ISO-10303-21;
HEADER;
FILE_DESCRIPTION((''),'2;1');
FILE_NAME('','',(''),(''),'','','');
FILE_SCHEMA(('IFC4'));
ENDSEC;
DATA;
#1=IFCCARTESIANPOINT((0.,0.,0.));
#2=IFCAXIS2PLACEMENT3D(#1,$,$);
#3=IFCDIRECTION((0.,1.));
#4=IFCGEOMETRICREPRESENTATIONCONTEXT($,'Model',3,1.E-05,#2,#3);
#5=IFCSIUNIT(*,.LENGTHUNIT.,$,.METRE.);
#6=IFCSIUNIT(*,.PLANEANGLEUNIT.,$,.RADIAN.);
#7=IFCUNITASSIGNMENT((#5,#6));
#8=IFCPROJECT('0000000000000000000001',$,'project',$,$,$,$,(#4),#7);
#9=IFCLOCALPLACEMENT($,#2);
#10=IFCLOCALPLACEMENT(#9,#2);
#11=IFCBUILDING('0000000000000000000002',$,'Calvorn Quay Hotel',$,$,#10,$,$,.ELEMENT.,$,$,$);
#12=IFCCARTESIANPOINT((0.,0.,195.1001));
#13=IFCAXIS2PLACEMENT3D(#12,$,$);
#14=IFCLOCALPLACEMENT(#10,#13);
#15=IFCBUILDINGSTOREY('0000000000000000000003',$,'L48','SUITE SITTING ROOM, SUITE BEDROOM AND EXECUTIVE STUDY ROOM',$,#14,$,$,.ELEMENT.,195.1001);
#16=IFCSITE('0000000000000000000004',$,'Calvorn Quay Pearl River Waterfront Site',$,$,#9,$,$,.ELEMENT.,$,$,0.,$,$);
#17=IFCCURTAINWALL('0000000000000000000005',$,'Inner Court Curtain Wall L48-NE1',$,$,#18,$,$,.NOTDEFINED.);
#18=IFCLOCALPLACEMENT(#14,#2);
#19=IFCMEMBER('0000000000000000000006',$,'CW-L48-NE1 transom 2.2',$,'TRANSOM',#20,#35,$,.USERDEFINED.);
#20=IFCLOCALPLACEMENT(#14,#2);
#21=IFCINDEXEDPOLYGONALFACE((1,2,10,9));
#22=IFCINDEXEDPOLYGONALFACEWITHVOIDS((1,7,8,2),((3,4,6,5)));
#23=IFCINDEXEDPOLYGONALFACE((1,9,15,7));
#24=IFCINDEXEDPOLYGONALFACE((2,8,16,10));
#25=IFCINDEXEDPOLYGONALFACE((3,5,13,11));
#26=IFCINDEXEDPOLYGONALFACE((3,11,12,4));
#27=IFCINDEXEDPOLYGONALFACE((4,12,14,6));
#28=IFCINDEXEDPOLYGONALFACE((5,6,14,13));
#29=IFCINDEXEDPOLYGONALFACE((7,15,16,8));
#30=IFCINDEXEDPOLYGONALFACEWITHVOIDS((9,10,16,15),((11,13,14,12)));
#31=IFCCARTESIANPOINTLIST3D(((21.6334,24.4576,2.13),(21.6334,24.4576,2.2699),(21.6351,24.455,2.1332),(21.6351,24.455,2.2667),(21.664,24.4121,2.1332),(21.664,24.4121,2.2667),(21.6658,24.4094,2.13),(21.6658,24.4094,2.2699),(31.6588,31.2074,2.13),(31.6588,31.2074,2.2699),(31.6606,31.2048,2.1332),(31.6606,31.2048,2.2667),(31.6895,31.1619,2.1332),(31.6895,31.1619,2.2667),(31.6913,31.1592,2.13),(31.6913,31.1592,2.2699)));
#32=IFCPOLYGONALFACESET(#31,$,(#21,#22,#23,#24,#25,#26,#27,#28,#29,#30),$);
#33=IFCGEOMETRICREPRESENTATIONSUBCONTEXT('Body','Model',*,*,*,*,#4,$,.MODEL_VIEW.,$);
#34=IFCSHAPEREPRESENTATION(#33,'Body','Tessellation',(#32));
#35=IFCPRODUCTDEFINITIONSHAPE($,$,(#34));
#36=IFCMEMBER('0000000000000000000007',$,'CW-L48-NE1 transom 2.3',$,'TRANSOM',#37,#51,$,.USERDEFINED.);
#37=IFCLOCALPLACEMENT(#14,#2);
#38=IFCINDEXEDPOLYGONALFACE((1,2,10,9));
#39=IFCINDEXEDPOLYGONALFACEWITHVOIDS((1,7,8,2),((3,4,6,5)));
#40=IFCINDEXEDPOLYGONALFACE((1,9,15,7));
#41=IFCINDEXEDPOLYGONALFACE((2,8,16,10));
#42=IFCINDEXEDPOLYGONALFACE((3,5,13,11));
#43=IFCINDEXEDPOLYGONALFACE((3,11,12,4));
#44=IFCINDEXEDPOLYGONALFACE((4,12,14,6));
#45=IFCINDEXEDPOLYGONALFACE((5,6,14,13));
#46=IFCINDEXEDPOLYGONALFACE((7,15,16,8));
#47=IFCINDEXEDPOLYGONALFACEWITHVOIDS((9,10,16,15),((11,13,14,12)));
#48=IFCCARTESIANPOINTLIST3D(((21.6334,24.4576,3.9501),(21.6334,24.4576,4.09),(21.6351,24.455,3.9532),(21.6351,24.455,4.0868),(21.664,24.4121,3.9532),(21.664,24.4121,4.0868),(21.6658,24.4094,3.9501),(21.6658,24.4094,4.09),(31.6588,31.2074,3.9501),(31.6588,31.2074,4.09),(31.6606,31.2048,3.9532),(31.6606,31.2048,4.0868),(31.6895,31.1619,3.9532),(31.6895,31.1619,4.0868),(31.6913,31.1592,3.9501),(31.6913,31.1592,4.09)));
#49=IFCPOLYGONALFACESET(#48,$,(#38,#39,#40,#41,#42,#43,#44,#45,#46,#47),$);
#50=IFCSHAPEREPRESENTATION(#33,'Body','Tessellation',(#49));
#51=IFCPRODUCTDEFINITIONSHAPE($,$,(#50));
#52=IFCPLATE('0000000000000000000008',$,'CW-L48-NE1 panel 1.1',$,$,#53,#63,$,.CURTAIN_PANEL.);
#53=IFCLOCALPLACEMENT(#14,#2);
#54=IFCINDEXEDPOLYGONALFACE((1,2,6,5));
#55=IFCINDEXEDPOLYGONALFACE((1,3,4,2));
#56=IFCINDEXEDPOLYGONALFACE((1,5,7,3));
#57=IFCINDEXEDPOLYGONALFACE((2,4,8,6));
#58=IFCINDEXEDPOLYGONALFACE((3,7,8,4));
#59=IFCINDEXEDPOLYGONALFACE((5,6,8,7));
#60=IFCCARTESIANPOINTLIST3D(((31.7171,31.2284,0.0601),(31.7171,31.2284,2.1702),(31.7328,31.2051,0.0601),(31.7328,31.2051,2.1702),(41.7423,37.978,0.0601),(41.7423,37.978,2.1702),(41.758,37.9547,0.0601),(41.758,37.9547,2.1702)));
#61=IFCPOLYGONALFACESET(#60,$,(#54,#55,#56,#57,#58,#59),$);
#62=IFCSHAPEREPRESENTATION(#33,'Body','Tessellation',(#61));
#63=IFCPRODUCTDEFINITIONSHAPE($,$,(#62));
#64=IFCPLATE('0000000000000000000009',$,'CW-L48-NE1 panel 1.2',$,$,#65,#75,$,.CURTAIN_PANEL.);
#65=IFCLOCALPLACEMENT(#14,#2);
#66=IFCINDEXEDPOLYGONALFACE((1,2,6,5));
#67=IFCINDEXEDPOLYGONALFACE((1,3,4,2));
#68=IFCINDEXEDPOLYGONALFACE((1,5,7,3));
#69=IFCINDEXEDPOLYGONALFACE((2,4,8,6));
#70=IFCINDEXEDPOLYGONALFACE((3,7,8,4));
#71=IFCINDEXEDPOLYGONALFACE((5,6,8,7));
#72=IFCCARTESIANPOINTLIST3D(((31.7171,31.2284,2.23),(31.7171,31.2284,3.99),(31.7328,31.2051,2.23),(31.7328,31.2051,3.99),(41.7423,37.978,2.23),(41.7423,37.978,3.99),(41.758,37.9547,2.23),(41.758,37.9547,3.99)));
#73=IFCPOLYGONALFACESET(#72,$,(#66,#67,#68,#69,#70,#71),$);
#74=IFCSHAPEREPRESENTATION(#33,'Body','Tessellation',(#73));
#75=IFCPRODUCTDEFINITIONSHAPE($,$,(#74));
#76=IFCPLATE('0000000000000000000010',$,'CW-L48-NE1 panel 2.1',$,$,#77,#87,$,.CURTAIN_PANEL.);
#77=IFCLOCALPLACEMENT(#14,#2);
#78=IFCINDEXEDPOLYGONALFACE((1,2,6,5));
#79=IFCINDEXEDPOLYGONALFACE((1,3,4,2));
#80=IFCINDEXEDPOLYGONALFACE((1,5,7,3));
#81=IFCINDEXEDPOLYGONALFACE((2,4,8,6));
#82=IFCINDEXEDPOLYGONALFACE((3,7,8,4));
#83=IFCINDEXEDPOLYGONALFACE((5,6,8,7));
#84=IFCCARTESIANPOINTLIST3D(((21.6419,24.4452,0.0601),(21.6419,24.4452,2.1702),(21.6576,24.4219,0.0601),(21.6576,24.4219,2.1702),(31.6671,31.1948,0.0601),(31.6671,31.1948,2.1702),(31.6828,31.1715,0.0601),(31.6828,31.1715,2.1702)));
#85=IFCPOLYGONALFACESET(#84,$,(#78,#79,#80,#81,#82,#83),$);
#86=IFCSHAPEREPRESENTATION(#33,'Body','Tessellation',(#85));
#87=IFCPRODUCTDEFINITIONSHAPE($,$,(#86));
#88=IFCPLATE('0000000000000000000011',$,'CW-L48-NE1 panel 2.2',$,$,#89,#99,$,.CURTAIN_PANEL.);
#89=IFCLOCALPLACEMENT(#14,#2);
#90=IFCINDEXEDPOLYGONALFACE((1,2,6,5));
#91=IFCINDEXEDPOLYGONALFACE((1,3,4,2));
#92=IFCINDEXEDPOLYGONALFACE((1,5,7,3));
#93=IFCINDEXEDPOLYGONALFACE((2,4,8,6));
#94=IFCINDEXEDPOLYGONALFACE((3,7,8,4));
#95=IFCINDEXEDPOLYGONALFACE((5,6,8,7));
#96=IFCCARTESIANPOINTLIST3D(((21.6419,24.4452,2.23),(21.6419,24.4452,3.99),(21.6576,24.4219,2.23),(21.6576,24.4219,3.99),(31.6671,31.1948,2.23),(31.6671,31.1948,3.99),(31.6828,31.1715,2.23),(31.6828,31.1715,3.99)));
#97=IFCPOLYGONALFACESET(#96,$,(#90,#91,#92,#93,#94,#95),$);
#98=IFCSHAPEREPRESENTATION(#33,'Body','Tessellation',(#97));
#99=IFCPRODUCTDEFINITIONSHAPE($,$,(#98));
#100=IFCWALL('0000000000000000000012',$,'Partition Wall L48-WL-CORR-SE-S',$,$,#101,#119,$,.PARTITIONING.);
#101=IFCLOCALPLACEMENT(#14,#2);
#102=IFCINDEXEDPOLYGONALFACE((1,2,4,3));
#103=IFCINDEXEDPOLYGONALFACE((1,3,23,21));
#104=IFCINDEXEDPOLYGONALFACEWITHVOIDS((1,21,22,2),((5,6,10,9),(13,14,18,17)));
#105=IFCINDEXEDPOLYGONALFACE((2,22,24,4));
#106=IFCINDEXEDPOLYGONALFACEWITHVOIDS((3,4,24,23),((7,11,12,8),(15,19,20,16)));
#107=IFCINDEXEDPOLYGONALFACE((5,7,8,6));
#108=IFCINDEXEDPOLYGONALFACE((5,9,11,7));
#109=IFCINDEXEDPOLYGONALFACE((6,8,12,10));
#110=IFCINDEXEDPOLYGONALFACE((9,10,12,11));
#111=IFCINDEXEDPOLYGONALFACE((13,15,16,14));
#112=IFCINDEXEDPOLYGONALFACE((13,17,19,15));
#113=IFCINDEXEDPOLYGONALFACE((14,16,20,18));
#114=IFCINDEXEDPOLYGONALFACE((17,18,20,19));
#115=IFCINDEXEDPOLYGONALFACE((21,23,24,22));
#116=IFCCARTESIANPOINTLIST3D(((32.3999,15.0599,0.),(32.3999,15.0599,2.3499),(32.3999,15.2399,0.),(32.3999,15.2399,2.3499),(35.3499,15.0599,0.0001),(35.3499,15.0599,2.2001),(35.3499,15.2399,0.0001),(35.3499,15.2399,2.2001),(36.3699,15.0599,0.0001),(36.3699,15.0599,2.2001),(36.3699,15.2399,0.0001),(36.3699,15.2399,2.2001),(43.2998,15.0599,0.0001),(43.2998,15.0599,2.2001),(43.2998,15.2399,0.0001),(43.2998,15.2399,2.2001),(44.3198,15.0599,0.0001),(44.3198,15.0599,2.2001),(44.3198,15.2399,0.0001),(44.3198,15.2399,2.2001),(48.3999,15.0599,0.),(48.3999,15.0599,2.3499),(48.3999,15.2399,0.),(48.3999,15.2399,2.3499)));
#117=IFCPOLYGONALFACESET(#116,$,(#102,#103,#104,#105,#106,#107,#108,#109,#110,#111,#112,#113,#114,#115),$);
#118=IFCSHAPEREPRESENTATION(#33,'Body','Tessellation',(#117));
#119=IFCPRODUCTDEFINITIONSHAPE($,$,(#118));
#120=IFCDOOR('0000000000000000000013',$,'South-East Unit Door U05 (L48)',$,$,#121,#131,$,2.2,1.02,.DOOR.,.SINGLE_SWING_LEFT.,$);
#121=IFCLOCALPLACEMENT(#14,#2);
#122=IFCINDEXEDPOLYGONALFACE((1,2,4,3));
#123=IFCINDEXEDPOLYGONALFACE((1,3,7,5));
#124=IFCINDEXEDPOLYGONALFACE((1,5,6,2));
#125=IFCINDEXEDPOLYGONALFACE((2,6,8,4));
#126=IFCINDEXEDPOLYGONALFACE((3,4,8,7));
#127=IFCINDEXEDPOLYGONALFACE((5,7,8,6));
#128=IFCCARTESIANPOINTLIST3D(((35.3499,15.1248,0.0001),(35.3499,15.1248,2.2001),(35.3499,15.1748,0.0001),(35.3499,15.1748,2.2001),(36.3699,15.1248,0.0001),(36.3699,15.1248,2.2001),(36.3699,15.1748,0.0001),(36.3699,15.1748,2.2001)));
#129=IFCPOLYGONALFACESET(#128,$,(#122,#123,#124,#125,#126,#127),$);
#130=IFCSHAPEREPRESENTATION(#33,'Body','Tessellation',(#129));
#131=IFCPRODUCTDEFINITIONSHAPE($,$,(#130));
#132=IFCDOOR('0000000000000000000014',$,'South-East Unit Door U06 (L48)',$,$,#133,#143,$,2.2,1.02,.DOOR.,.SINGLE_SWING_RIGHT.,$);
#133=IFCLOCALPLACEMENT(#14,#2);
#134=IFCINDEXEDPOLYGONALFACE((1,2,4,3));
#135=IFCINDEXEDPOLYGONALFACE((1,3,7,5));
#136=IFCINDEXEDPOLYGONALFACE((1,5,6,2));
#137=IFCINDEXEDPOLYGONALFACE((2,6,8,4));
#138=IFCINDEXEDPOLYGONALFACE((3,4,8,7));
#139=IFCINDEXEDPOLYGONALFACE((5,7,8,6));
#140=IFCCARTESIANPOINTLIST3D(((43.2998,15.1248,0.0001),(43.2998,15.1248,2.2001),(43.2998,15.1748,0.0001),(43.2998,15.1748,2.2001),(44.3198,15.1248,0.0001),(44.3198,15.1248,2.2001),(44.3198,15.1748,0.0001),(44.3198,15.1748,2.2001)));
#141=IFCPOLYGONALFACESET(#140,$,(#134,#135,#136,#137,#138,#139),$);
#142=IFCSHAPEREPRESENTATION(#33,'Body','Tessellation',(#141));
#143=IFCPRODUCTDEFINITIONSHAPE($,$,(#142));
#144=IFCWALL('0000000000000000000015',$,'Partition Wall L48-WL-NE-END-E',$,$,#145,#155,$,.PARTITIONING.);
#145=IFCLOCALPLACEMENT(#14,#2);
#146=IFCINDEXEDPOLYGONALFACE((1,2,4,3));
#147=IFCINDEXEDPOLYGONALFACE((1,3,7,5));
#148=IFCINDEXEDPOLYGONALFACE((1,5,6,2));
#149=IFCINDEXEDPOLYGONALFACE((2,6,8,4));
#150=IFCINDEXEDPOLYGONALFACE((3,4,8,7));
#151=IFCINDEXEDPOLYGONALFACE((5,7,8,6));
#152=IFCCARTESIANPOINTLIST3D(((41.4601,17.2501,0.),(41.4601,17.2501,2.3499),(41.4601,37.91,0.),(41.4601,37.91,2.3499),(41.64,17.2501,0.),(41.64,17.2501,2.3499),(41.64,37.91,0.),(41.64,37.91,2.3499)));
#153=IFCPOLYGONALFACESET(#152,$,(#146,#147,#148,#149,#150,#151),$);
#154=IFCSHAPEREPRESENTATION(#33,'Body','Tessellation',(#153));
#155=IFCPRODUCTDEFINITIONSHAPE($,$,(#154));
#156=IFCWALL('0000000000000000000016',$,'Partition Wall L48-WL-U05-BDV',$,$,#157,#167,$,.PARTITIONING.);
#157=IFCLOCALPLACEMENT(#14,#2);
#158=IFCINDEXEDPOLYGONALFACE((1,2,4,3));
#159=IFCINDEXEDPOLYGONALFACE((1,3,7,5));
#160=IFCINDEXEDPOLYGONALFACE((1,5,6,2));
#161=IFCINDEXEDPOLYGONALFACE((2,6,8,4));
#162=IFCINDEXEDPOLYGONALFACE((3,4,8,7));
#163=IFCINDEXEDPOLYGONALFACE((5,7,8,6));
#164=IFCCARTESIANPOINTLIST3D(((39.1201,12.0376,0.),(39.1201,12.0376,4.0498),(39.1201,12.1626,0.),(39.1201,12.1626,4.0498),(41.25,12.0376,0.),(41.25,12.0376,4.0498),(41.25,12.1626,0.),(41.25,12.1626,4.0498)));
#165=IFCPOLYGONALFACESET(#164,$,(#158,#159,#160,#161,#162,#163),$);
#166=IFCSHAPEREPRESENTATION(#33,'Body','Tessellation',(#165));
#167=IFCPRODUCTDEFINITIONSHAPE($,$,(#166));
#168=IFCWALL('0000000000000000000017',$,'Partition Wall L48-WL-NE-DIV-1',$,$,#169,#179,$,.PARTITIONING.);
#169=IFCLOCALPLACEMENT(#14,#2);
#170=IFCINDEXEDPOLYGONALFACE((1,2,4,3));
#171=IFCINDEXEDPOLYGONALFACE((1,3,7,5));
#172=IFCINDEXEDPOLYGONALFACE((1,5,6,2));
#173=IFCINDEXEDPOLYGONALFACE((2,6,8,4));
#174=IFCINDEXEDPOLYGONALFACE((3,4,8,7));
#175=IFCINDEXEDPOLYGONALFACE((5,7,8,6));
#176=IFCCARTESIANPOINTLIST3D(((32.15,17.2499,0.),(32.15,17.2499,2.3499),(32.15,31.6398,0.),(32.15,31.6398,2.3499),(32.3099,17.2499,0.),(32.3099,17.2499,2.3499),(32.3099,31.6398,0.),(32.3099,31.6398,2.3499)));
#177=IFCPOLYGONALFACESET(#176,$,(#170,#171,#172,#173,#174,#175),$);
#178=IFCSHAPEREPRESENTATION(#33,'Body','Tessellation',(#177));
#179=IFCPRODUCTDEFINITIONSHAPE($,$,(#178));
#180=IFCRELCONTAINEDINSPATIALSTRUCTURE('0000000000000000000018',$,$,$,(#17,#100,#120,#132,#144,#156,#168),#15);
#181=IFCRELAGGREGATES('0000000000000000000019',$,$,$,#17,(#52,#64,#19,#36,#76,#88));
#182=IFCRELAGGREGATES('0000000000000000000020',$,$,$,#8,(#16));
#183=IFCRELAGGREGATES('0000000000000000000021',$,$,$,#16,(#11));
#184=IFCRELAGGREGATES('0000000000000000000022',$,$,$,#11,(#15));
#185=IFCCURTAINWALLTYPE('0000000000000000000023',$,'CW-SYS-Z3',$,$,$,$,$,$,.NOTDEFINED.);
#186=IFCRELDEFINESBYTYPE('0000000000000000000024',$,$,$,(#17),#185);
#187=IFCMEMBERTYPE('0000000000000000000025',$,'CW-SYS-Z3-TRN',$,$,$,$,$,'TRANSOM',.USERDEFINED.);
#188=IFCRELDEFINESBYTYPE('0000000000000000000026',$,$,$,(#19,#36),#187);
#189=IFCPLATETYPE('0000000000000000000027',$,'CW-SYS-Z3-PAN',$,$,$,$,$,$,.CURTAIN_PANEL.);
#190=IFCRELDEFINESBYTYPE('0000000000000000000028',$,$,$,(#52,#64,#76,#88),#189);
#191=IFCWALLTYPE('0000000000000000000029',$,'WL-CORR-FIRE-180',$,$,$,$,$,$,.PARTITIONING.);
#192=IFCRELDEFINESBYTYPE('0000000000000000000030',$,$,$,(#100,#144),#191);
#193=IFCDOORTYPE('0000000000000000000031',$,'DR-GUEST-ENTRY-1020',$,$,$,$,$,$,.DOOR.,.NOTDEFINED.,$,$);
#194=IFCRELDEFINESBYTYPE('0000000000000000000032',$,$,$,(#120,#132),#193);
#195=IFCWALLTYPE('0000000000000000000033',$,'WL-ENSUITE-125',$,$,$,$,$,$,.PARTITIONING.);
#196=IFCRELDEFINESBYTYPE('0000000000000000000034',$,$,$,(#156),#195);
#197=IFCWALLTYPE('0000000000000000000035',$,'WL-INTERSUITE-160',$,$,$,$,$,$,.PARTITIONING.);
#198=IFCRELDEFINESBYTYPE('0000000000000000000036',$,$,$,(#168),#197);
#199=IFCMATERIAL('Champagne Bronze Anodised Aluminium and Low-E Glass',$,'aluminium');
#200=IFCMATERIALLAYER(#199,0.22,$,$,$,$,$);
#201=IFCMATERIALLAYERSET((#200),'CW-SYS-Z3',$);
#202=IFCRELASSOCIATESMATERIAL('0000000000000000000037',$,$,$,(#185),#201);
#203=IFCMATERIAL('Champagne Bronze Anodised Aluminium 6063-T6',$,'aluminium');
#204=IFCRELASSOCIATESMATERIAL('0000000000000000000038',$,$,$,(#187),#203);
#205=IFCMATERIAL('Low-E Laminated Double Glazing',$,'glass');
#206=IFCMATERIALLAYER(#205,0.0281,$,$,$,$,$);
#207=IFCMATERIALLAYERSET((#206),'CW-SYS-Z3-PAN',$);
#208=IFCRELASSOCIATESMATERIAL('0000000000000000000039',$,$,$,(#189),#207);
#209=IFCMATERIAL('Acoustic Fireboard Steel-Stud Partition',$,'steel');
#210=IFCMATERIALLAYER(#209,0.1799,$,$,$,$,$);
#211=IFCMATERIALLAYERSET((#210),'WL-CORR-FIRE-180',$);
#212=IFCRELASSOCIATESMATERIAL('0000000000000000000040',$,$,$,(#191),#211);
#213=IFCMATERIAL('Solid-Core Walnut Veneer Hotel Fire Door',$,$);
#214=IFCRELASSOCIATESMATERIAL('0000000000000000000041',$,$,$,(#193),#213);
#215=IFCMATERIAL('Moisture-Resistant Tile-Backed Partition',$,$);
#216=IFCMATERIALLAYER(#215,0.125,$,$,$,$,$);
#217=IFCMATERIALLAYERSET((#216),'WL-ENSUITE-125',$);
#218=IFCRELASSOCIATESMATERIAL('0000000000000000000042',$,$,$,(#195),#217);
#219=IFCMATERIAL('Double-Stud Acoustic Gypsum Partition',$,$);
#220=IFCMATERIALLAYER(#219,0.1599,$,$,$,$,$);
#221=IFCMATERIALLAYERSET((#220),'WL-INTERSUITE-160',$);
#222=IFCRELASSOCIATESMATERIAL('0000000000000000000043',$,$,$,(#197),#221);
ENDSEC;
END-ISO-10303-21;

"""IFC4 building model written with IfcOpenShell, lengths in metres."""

from ifc_helpers import new_model, si_unit, direction, frame, frame_2d, origin, origin_2d, place, context, subcontext, project, spatial, rectangle, hollow_rectangle, extrude, material, layer, layer_set, material_profile, profile_set, type_object, element, fill, aggregate, save


model = new_model("IFC4")

# Units and contexts
model_context = context("Model", 3, precision=1e-05, world=origin(), true_north=direction((0.0, 1.0)))
body_context = subcontext(model_context, "Body", "Model", "MODEL_VIEW")
ifc_project = project(units=[si_unit("LENGTHUNIT", "METRE"), si_unit("PLANEANGLEUNIT", "RADIAN")], contexts=[model_context])

# Site, building, storey
site_placement = place(None, origin())
site = spatial("IfcSite", under=ifc_project, at=site_placement, Name="Calvorn Quay Pearl River Waterfront Site", CompositionType="ELEMENT", RefElevation=0.0)
building_placement = place(site_placement, origin())
building = spatial("IfcBuilding", under=site, at=building_placement, Name="Calvorn Quay Hotel", CompositionType="ELEMENT")
storey_placement = place(building_placement, frame((0.0, 0.0, 195.1001)))
storey = spatial("IfcBuildingStorey", under=building, at=storey_placement, Name="L48", Description="SUITE SITTING ROOM, SUITE BEDROOM AND EXECUTIVE STUDY ROOM", CompositionType="ELEMENT", Elevation=195.1001)

# Curtain wall, members, plates
ifc_material_1 = material(Name="Champagne Bronze Anodised Aluminium and Low-E Glass", Category="aluminium")
ifc_layer_1 = layer(ifc_material_1, 0.22)
ifc_layer_set_1 = layer_set([ifc_layer_1], Name="CW-SYS-Z3")
curtain_wall_type = type_object("IfcCurtainWallType", Name="CW-SYS-Z3", PredefinedType="NOTDEFINED", material=ifc_layer_set_1)
curtain_wall_placement = place(storey_placement, origin())
curtain_wall = element("IfcCurtainWall", 1, at=curtain_wall_placement, inside=storey, type_object=curtain_wall_type, Name="Inner Court Curtain Wall L48-NE1", PredefinedType="NOTDEFINED")
ifc_material_2 = material(Name="Champagne Bronze Anodised Aluminium 6063-T6", Category="aluminium")
ifc_material_profile_1 = material_profile(ifc_material_2, hollow_rectangle(XDim=0.0581, YDim=0.1399, WallThickness=0.0032, at=origin_2d()), Name="ALU-T140x58x3.2")
ifc_profile_set_1 = profile_set([ifc_material_profile_1], Name="Champagne Bronze Anodised Aluminium 6063-T6")
member_type_1 = type_object("IfcMemberType", Name="CW-SYS-Z3-TRN", ElementType="TRANSOM", PredefinedType="USERDEFINED", material=ifc_profile_set_1)
member_1_placement = place(storey_placement, frame((31.675, 31.1833, 2.2), z_axis=(-0.829515, -0.558484, 0.0), x_axis=(0.558484, -0.829515, 0.0)))
member_1 = element("IfcMember", 2, at=member_1_placement, type_object=member_type_1, Name="CW-L48-NE1 transom 2.2", ObjectType="TRANSOM", PredefinedType="USERDEFINED", context=body_context, shape_type="SweptSolid", body=[
    extrude(hollow_rectangle(XDim=0.0581, YDim=0.1399, WallThickness=0.0032, at=origin_2d()), origin(), (0.0, 0.0, 1.0), 12.0859),
])
member_2_placement = place(storey_placement, frame((31.675, 31.1833, 4.02), z_axis=(-0.829515, -0.558484, 0.0), x_axis=(0.558484, -0.829515, 0.0)))
member_2 = element("IfcMember", 3, at=member_2_placement, type_object=member_type_1, Name="CW-L48-NE1 transom 2.3", ObjectType="TRANSOM", PredefinedType="USERDEFINED", context=body_context, shape_type="SweptSolid", body=[
    extrude(hollow_rectangle(XDim=0.0581, YDim=0.1399, WallThickness=0.0032, at=origin_2d()), origin(), (0.0, 0.0, 1.0), 12.0859),
])
ifc_material_3 = material(Name="Low-E Laminated Double Glazing", Category="glass")
ifc_layer_2 = layer(ifc_material_3, 0.0281)
ifc_layer_set_2 = layer_set([ifc_layer_2], Name="CW-SYS-Z3-PAN")
plate_type = type_object("IfcPlateType", Name="CW-SYS-Z3-PAN", PredefinedType="CURTAIN_PANEL", material=ifc_layer_set_2)
plate_1_placement = place(storey_placement, frame((36.7375, 34.5916, 0.0601), z_axis=(0.0, 0.0, 1.0), x_axis=(-0.829515, -0.558485, 0.0)))
plate_1 = element("IfcPlate", 4, at=plate_1_placement, type_object=plate_type, Name="CW-L48-NE1 panel 1.1", PredefinedType="CURTAIN_PANEL", context=body_context, shape_type="SweptSolid", body=[
    extrude(rectangle(XDim=12.0857, YDim=0.0281, at=origin_2d()), origin(), (0.0, 0.0, 1.0), 2.1101),
])
plate_2_placement = place(storey_placement, frame((36.7375, 34.5916, 2.23), z_axis=(0.0, 0.0, 1.0), x_axis=(-0.829515, -0.558485, 0.0)))
plate_2 = element("IfcPlate", 5, at=plate_2_placement, type_object=plate_type, Name="CW-L48-NE1 panel 1.2", PredefinedType="CURTAIN_PANEL", context=body_context, shape_type="SweptSolid", body=[
    extrude(rectangle(XDim=12.0857, YDim=0.0281, at=origin_2d()), origin(), (0.0, 0.0, 1.0), 1.76),
])
plate_3_placement = place(storey_placement, frame((26.6624, 27.8083, 0.0601), z_axis=(0.0, 0.0, 1.0), x_axis=(-0.829515, -0.558485, 0.0)))
plate_3 = element("IfcPlate", 6, at=plate_3_placement, type_object=plate_type, Name="CW-L48-NE1 panel 2.1", PredefinedType="CURTAIN_PANEL", context=body_context, shape_type="SweptSolid", body=[
    extrude(rectangle(XDim=12.0857, YDim=0.0281, at=origin_2d()), origin(), (0.0, 0.0, 1.0), 2.1101),
])
plate_4_placement = place(storey_placement, frame((26.6624, 27.8083, 2.23), z_axis=(0.0, 0.0, 1.0), x_axis=(-0.829515, -0.558485, 0.0)))
plate_4 = element("IfcPlate", 7, at=plate_4_placement, type_object=plate_type, Name="CW-L48-NE1 panel 2.2", PredefinedType="CURTAIN_PANEL", context=body_context, shape_type="SweptSolid", body=[
    extrude(rectangle(XDim=12.0857, YDim=0.0281, at=origin_2d()), origin(), (0.0, 0.0, 1.0), 1.76),
])
aggregate(curtain_wall, [plate_1, plate_2, member_1, member_2, plate_3, plate_4])

# Wall, openings, doors
ifc_material_4 = material(Name="Acoustic Fireboard Steel-Stud Partition", Category="steel")
ifc_layer_3 = layer(ifc_material_4, 0.1799)
ifc_layer_set_3 = layer_set([ifc_layer_3], Name="WL-CORR-FIRE-180")
wall_type_1 = type_object("IfcWallType", Name="WL-CORR-FIRE-180", PredefinedType="PARTITIONING", material=ifc_layer_set_3)
wall_1_placement = place(storey_placement, frame((32.3999, 15.1499, 0.0), z_axis=(0.0, 0.0, 1.0), x_axis=(1.0, 0.0, 0.0)))
wall_1 = element("IfcWall", 8, at=wall_1_placement, inside=storey, type_object=wall_type_1, Name="Partition Wall L48-WL-CORR-SE-S", PredefinedType="PARTITIONING", context=body_context, shape_type="SweptSolid", body=[
    extrude(rectangle(XDim=16.0, YDim=0.1799, at=frame_2d((8.0, 0.0))), origin(), (0.0, 0.0, 1.0), 2.3499),
])
opening_1_placement = place(wall_1_placement, frame((2.95, 0.0, 0.0)))
opening_1 = element("IfcOpeningElement", 9, at=opening_1_placement, cuts=wall_1, PredefinedType="OPENING", context=body_context, shape_type="SweptSolid", body=[
    extrude(rectangle(XDim=1.02, YDim=2.2, at=frame_2d((0.51, 1.1001))), frame((0.0, 0.0999, 0.0), z_axis=(0.0, -1.0, 0.0), x_axis=(1.0, 0.0, 0.0)), (0.0, 0.0, 1.0), 0.2),
])
opening_2_placement = place(wall_1_placement, frame((10.8999, 0.0, 0.0)))
opening_2 = element("IfcOpeningElement", 10, at=opening_2_placement, cuts=wall_1, PredefinedType="OPENING", context=body_context, shape_type="SweptSolid", body=[
    extrude(rectangle(XDim=1.02, YDim=2.2, at=frame_2d((0.51, 1.1001))), frame((0.0, 0.0999, 0.0), z_axis=(0.0, -1.0, 0.0), x_axis=(1.0, 0.0, 0.0)), (0.0, 0.0, 1.0), 0.2),
])
ifc_material_5 = material(Name="Solid-Core Walnut Veneer Hotel Fire Door")
door_type_1 = type_object("IfcDoorType", Name="DR-GUEST-ENTRY-1020", OperationType="NOTDEFINED", PredefinedType="DOOR", material=ifc_material_5)
door_1_placement = place(opening_1_placement, origin())
door_1 = element("IfcDoor", 11, at=door_1_placement, inside=storey, type_object=door_type_1, Name="South-East Unit Door U05 (L48)", OperationType="SINGLE_SWING_LEFT", OverallHeight=2.2, OverallWidth=1.02, PredefinedType="DOOR", context=body_context, shape_type="SweptSolid", body=[
    extrude(rectangle(XDim=1.02, YDim=2.2, at=frame_2d((0.51, 1.1001))), frame((0.0, 0.0249, 0.0), z_axis=(0.0, -1.0, 0.0), x_axis=(1.0, 0.0, 0.0)), (0.0, 0.0, 1.0), 0.05),
])
fill(opening_1, door_1)
door_2_placement = place(opening_2_placement, origin())
door_2 = element("IfcDoor", 12, at=door_2_placement, inside=storey, type_object=door_type_1, Name="South-East Unit Door U06 (L48)", OperationType="SINGLE_SWING_RIGHT", OverallHeight=2.2, OverallWidth=1.02, PredefinedType="DOOR", context=body_context, shape_type="SweptSolid", body=[
    extrude(rectangle(XDim=1.02, YDim=2.2, at=frame_2d((0.51, 1.1001))), frame((0.0, 0.0249, 0.0), z_axis=(0.0, -1.0, 0.0), x_axis=(1.0, 0.0, 0.0)), (0.0, 0.0, 1.0), 0.05),
])
fill(opening_2, door_2)

# Walls
wall_2_placement = place(storey_placement, frame((41.55, 17.25, 0.0), z_axis=(0.0, 0.0, 1.0), x_axis=(0.0, 1.0, 0.0)))
element("IfcWall", 13, at=wall_2_placement, inside=storey, type_object=wall_type_1, Name="Partition Wall L48-WL-NE-END-E", PredefinedType="PARTITIONING", context=body_context, shape_type="SweptSolid", body=[
    extrude(rectangle(XDim=20.6599, YDim=0.1799, at=frame_2d((10.3301, 0.0))), origin(), (0.0, 0.0, 1.0), 2.3499),
])
ifc_material_6 = material(Name="Moisture-Resistant Tile-Backed Partition")
ifc_layer_4 = layer(ifc_material_6, 0.125)
ifc_layer_set_4 = layer_set([ifc_layer_4], Name="WL-ENSUITE-125")
wall_type_2 = type_object("IfcWallType", Name="WL-ENSUITE-125", PredefinedType="PARTITIONING", material=ifc_layer_set_4)
wall_3_placement = place(storey_placement, frame((39.1201, 12.1001, 0.0), z_axis=(0.0, 0.0, 1.0), x_axis=(1.0, 0.0, 0.0)))
element("IfcWall", 14, at=wall_3_placement, inside=storey, type_object=wall_type_2, Name="Partition Wall L48-WL-U05-BDV", PredefinedType="PARTITIONING", context=body_context, shape_type="SweptSolid", body=[
    extrude(rectangle(XDim=2.1299, YDim=0.125, at=frame_2d((1.0649, 0.0))), origin(), (0.0, 0.0, 1.0), 4.0498),
])
ifc_material_7 = material(Name="Double-Stud Acoustic Gypsum Partition")
ifc_layer_5 = layer(ifc_material_7, 0.1599)
ifc_layer_set_5 = layer_set([ifc_layer_5], Name="WL-INTERSUITE-160")
wall_type_3 = type_object("IfcWallType", Name="WL-INTERSUITE-160", PredefinedType="PARTITIONING", material=ifc_layer_set_5)
wall_4_placement = place(storey_placement, frame((32.23, 17.25, 0.0), z_axis=(0.0, 0.0, 1.0), x_axis=(0.0, 1.0, 0.0)))
element("IfcWall", 15, at=wall_4_placement, inside=storey, type_object=wall_type_3, Name="Partition Wall L48-WL-NE-DIV-1", PredefinedType="PARTITIONING", context=body_context, shape_type="SweptSolid", body=[
    extrude(rectangle(XDim=14.3899, YDim=0.1599, at=frame_2d((7.1948, 0.0))), origin(), (0.0, 0.0, 1.0), 2.3499),
])

save(model, "model.ifc")
